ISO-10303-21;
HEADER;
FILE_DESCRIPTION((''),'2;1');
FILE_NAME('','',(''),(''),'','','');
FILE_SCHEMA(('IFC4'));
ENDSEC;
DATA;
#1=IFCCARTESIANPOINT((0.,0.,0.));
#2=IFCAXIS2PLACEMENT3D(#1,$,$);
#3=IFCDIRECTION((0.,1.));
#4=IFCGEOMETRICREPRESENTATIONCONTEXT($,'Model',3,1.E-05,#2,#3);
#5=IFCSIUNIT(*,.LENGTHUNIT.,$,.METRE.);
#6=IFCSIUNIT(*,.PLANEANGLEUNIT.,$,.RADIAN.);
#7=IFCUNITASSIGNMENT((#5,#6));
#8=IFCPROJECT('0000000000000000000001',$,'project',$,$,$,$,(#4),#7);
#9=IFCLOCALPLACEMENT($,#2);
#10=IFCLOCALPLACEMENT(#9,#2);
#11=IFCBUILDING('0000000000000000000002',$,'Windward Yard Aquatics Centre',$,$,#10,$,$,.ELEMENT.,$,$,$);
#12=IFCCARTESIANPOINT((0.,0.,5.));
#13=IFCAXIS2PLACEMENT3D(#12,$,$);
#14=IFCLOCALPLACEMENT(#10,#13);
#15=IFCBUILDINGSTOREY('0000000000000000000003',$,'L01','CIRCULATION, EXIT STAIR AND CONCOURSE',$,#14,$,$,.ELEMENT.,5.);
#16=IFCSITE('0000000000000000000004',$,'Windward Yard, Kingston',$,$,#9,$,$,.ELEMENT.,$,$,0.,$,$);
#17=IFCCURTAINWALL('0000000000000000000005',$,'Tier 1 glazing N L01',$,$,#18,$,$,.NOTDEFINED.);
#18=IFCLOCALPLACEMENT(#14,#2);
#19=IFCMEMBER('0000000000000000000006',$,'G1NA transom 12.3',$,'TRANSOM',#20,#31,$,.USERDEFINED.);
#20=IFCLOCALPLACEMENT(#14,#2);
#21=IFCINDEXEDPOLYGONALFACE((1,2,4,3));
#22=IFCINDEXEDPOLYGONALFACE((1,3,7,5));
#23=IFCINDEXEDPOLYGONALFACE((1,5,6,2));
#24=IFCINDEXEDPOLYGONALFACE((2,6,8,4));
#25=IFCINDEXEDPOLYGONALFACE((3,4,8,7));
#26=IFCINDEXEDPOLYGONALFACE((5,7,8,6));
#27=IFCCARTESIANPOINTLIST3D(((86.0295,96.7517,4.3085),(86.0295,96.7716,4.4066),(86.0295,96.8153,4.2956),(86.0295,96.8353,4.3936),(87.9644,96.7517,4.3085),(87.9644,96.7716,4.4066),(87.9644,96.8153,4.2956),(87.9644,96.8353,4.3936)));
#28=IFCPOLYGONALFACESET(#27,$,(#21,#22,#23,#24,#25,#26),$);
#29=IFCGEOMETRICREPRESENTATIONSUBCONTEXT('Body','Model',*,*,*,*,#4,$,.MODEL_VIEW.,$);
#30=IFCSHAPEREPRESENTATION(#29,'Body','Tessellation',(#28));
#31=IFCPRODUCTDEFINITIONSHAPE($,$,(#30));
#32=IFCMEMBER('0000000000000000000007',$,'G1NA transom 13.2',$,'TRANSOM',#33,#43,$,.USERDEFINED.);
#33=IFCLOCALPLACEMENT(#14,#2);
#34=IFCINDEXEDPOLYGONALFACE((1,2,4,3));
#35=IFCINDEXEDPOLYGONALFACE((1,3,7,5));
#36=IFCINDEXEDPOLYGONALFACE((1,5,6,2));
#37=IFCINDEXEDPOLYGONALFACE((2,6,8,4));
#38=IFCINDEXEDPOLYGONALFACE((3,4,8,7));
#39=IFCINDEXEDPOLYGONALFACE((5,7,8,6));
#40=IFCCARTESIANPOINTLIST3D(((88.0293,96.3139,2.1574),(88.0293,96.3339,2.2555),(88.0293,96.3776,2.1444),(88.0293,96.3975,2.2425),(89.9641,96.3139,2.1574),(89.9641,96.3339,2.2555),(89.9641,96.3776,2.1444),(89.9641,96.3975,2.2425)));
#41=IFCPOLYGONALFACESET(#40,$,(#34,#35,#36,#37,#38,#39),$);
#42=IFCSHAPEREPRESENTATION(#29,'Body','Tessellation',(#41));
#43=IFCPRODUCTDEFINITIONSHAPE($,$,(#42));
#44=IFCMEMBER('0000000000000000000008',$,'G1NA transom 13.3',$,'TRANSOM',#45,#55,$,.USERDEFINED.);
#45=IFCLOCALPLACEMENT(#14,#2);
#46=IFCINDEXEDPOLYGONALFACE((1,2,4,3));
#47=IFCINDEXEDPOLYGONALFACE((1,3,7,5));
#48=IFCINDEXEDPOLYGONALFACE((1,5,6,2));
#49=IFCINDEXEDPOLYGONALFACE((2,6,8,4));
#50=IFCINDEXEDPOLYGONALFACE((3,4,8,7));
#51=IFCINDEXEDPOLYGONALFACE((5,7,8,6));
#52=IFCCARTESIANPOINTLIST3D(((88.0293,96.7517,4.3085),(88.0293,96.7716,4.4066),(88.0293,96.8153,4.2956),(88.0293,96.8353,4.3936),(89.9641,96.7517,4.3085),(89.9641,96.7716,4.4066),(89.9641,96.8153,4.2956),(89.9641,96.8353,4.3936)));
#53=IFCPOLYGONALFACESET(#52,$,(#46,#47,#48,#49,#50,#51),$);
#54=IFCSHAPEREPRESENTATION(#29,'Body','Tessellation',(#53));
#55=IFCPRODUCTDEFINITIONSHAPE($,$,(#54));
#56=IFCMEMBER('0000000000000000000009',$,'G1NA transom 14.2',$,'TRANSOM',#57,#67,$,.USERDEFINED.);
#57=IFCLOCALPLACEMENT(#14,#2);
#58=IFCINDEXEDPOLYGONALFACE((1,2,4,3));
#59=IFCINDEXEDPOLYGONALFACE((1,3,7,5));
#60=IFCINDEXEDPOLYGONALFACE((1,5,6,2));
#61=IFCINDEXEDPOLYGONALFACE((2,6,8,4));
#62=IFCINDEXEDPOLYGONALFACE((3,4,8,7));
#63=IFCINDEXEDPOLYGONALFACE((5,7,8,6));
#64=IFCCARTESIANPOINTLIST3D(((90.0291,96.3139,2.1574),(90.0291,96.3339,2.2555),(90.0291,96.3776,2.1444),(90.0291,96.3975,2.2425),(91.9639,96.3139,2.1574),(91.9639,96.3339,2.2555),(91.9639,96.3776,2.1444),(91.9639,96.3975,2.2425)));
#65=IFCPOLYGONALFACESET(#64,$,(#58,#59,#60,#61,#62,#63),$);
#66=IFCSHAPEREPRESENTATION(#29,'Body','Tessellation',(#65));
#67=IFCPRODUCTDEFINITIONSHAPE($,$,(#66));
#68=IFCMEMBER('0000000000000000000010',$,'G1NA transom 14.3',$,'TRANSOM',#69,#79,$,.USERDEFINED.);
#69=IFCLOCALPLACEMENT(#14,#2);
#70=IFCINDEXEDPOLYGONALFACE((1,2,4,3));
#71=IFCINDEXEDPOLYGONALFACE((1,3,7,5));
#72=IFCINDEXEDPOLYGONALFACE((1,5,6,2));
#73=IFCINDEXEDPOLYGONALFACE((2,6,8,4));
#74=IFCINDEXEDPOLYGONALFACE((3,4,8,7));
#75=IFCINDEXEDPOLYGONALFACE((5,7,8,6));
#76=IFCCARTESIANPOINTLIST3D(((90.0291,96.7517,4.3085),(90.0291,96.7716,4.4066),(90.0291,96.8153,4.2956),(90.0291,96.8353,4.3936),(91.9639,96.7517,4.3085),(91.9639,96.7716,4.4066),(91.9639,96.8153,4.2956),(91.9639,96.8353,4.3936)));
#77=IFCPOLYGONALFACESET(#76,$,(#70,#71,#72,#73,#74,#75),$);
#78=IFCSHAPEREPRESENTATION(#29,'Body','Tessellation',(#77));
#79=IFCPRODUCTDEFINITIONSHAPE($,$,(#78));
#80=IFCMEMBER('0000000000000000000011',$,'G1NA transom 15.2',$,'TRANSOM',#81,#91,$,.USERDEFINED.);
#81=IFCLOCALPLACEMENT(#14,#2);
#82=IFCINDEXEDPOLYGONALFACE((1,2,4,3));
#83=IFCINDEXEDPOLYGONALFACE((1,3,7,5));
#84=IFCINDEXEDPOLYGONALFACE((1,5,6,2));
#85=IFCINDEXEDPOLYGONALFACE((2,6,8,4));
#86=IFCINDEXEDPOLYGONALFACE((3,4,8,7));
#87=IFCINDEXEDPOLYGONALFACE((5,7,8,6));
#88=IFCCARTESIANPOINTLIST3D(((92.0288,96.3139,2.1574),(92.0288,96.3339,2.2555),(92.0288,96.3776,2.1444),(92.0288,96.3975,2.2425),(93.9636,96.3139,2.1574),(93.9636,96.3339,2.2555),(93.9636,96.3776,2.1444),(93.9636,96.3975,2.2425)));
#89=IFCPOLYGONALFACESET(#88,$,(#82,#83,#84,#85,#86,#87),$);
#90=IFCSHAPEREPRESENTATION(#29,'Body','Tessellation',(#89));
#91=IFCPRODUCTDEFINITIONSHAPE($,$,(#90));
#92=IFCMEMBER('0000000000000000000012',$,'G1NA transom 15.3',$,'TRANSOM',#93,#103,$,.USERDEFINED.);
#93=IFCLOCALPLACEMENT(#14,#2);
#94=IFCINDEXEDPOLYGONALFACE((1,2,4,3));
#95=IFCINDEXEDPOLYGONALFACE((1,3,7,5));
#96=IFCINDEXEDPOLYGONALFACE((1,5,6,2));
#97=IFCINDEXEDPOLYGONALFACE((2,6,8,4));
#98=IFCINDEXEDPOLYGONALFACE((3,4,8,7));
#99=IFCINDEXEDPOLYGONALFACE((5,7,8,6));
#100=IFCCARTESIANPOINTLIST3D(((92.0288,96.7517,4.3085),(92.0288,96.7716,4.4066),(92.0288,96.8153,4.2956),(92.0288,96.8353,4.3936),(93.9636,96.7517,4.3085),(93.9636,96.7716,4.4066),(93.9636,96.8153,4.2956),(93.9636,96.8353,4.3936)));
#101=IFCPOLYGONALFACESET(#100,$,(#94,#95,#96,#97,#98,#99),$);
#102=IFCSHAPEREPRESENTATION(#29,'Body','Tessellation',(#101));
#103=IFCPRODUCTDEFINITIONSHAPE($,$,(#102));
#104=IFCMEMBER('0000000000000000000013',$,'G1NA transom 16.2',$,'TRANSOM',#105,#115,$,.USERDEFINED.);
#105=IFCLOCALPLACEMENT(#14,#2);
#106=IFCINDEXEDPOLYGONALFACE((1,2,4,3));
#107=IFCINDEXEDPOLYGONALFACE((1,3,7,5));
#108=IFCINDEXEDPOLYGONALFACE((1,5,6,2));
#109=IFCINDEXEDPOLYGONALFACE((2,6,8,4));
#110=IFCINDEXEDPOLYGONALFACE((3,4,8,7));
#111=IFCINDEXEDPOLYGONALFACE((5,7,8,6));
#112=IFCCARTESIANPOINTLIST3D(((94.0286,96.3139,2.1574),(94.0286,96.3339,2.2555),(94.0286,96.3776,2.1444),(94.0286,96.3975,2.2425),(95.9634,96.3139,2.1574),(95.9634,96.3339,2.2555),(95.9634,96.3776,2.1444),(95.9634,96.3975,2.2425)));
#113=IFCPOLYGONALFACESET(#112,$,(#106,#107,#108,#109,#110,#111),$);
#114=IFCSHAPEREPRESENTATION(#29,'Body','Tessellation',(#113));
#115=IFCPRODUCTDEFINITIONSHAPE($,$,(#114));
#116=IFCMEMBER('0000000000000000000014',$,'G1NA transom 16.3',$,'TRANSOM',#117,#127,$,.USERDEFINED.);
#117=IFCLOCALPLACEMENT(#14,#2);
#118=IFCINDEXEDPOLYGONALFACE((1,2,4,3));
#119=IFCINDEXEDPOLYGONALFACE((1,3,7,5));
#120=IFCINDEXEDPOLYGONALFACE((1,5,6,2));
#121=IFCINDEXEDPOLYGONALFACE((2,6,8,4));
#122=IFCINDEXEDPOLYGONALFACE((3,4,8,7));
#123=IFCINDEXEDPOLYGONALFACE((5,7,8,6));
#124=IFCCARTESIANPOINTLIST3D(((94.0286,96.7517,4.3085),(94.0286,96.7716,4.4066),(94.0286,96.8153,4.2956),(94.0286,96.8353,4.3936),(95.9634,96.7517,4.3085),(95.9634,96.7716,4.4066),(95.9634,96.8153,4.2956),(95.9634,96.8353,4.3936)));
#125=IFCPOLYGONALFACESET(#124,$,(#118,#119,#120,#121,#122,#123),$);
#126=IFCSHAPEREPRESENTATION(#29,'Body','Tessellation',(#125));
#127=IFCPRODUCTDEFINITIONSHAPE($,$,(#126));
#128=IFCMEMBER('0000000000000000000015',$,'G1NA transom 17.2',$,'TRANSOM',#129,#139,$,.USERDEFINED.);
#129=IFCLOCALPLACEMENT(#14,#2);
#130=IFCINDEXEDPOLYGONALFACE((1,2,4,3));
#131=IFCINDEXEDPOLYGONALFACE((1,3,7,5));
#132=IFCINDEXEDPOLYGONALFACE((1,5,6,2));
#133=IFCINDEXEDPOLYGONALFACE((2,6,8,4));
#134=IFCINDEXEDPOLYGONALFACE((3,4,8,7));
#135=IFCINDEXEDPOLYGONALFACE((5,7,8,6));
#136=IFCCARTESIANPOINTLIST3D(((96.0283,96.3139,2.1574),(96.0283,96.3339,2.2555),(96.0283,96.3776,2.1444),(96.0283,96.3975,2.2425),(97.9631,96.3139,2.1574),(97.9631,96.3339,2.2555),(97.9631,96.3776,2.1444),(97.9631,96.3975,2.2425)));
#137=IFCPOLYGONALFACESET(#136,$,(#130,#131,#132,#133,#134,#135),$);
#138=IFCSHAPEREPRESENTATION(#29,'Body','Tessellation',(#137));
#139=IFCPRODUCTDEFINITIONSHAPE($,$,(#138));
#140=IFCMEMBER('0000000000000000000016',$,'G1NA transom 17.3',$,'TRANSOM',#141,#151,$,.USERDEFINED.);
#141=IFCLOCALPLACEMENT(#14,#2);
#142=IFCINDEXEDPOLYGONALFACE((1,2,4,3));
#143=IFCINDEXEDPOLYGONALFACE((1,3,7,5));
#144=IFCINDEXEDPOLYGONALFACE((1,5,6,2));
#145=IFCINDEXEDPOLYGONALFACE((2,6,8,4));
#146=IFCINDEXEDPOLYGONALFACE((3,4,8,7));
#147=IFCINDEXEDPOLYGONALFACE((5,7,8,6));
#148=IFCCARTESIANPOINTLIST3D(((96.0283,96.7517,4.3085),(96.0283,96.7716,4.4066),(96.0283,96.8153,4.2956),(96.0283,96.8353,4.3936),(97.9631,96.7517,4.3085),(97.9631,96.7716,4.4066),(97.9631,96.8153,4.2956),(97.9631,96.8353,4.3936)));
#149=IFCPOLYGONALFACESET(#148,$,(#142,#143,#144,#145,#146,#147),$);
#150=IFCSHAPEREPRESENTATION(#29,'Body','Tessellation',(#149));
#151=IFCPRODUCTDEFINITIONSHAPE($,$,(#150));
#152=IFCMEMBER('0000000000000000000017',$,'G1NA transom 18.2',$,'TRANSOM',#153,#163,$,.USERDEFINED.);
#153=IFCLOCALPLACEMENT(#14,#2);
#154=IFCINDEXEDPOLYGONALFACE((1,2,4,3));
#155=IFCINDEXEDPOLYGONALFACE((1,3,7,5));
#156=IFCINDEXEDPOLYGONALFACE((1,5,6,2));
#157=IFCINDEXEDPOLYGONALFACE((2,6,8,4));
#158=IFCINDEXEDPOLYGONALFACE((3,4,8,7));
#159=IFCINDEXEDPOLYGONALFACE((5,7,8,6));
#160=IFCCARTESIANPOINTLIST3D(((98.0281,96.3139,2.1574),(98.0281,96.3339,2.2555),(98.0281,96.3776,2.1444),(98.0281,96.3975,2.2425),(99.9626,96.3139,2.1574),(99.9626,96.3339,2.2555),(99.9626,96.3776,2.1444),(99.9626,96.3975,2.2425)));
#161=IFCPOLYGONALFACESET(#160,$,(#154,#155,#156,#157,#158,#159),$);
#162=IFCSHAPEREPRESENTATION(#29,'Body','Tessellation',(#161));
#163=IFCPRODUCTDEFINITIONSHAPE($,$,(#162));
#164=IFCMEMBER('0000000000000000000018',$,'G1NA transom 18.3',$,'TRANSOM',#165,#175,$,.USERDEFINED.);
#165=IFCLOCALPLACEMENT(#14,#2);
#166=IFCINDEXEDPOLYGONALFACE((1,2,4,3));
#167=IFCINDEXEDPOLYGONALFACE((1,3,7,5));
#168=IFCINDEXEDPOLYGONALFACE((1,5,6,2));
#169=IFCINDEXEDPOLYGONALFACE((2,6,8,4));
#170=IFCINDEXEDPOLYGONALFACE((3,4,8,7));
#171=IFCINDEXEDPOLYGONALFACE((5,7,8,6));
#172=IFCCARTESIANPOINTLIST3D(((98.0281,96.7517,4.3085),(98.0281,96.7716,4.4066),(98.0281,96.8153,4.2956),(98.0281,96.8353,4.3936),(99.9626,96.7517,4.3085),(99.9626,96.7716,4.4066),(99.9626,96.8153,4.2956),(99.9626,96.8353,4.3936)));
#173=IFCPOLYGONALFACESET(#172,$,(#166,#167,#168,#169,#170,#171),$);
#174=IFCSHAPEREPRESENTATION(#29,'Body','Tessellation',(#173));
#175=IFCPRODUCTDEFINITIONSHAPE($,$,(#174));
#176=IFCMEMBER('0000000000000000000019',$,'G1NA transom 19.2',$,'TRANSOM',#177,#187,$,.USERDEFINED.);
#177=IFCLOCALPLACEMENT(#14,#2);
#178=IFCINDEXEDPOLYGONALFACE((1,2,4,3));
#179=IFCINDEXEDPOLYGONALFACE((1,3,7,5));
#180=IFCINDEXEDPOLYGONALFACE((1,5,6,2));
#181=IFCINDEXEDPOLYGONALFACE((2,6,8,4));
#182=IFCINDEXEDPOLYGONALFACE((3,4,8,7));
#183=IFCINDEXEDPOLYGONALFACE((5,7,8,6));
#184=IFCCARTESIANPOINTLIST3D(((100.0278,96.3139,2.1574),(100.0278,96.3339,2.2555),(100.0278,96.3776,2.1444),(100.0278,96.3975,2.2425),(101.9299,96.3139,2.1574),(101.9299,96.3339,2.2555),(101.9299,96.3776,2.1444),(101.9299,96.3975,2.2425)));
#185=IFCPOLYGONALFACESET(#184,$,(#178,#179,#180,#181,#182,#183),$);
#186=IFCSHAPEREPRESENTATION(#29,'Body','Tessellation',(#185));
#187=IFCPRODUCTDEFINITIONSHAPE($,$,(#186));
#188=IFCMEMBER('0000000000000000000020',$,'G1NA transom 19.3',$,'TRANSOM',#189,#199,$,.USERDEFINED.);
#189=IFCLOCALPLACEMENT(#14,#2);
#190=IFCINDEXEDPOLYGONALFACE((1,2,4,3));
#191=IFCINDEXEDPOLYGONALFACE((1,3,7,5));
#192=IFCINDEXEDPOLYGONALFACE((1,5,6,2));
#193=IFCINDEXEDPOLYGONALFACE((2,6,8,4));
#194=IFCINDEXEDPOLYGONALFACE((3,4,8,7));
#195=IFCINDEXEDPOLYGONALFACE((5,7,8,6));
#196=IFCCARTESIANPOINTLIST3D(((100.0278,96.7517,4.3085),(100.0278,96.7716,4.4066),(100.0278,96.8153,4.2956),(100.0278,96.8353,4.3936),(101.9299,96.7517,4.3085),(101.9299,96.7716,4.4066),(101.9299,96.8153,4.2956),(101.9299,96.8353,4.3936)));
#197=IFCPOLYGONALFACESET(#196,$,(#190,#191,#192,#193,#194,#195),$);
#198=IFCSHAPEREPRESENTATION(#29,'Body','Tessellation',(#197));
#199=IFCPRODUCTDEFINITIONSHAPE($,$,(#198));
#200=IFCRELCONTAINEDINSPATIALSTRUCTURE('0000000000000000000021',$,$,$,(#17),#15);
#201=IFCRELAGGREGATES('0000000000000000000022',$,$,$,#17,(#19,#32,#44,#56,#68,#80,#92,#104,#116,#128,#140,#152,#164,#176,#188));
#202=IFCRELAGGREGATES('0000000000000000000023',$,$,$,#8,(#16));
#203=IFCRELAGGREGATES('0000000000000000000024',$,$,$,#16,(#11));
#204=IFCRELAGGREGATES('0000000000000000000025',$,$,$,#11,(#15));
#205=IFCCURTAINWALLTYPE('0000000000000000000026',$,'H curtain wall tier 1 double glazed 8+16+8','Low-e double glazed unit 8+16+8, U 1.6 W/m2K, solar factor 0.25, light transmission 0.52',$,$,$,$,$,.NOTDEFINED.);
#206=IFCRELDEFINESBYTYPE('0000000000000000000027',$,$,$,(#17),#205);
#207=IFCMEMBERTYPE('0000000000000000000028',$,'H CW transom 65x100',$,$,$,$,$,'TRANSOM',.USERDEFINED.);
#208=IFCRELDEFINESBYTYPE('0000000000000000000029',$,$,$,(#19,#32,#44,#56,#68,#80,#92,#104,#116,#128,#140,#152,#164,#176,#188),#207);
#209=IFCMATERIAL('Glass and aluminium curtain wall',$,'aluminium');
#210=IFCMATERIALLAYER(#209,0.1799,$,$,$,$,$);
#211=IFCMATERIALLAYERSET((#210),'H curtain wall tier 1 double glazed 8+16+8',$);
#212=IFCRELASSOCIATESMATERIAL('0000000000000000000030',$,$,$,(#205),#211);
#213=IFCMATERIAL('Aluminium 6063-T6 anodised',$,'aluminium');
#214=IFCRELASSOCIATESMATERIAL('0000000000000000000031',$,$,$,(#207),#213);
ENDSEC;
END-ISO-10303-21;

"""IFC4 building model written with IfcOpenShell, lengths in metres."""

from ifc_helpers import new_model, si_unit, direction, frame, origin, origin_2d, place, context, subcontext, project, spatial, rectangle, extrude, material, layer, layer_set, material_profile, profile_set, type_object, element, aggregate, save


model = new_model("IFC4")

# Units and contexts
model_context = context("Model", 3, precision=1e-05, world=origin(), true_north=direction((0.0, 1.0)))
body_context = subcontext(model_context, "Body", "Model", "MODEL_VIEW")
ifc_project = project(units=[si_unit("LENGTHUNIT", "METRE"), si_unit("PLANEANGLEUNIT", "RADIAN")], contexts=[model_context])

# Site, building, storey
site_placement = place(None, origin())
site = spatial("IfcSite", under=ifc_project, at=site_placement, Name="Windward Yard, Kingston", CompositionType="ELEMENT", RefElevation=0.0)
building_placement = place(site_placement, origin())
building = spatial("IfcBuilding", under=site, at=building_placement, Name="Windward Yard Aquatics Centre", CompositionType="ELEMENT")
storey_placement = place(building_placement, frame((0.0, 0.0, 5.0)))
storey = spatial("IfcBuildingStorey", under=building, at=storey_placement, Name="L01", Description="CIRCULATION, EXIT STAIR AND CONCOURSE", CompositionType="ELEMENT", Elevation=5.0)

# Curtain wall, members
ifc_material_1 = material(Name="Glass and aluminium curtain wall", Category="aluminium")
ifc_layer = layer(ifc_material_1, 0.1799)
ifc_layer_set = layer_set([ifc_layer], Name="H curtain wall tier 1 double glazed 8+16+8")
curtain_wall_type_1 = type_object("IfcCurtainWallType", Name="H curtain wall tier 1 double glazed 8+16+8", Description="Low-e double glazed unit 8+16+8, U 1.6 W/m2K, solar factor 0.25, light transmission 0.52", PredefinedType="NOTDEFINED", material=ifc_layer_set)
curtain_wall_1_placement = place(storey_placement, origin())
curtain_wall_1 = element("IfcCurtainWall", 1, at=curtain_wall_1_placement, inside=storey, type_object=curtain_wall_type_1, Name="Tier 1 glazing N L01", PredefinedType="NOTDEFINED")
ifc_material_2 = material(Name="Aluminium 6063-T6 anodised", Category="aluminium")
ifc_material_profile_1 = material_profile(ifc_material_2, rectangle(XDim=0.0649, YDim=0.1001, at=origin_2d()), Name="H CW transom 65x100")
ifc_profile_set_1 = profile_set([ifc_material_profile_1], Name="Aluminium 6063-T6 anodised")
member_type_1 = type_object("IfcMemberType", Name="H CW transom 65x100", ElementType="TRANSOM", PredefinedType="USERDEFINED", material=ifc_profile_set_1)
member_1_placement = place(storey_placement, frame((86.0295, 96.7935, 4.3511), z_axis=(1.0, 0.0, 0.0), x_axis=(0.0, -0.979925, 0.199368)))
member_1 = element("IfcMember", 2, at=member_1_placement, type_object=member_type_1, Name="G1NA transom 12.3", ObjectType="TRANSOM", PredefinedType="USERDEFINED", context=body_context, shape_type="SweptSolid", body=[
    extrude(rectangle(XDim=0.0649, YDim=0.1001, at=origin_2d()), origin(), (0.0, 0.0, 1.0), 1.9348),
])
member_2_placement = place(storey_placement, frame((88.0293, 96.3557, 2.2), z_axis=(1.0, 0.0, 0.0), x_axis=(0.0, -0.979925, 0.199368)))
member_2 = element("IfcMember", 3, at=member_2_placement, type_object=member_type_1, Name="G1NA transom 13.2", ObjectType="TRANSOM", PredefinedType="USERDEFINED", context=body_context, shape_type="SweptSolid", body=[
    extrude(rectangle(XDim=0.0649, YDim=0.1001, at=origin_2d()), origin(), (0.0, 0.0, 1.0), 1.9348),
])
member_3_placement = place(storey_placement, frame((88.0293, 96.7935, 4.3511), z_axis=(1.0, 0.0, 0.0), x_axis=(0.0, -0.979925, 0.199368)))
member_3 = element("IfcMember", 4, at=member_3_placement, type_object=member_type_1, Name="G1NA transom 13.3", ObjectType="TRANSOM", PredefinedType="USERDEFINED", context=body_context, shape_type="SweptSolid", body=[
    extrude(rectangle(XDim=0.0649, YDim=0.1001, at=origin_2d()), origin(), (0.0, 0.0, 1.0), 1.9348),
])
member_4_placement = place(storey_placement, frame((90.0291, 96.3557, 2.2), z_axis=(1.0, 0.0, 0.0), x_axis=(0.0, -0.979925, 0.199368)))
member_4 = element("IfcMember", 5, at=member_4_placement, type_object=member_type_1, Name="G1NA transom 14.2", ObjectType="TRANSOM", PredefinedType="USERDEFINED", context=body_context, shape_type="SweptSolid", body=[
    extrude(rectangle(XDim=0.0649, YDim=0.1001, at=origin_2d()), origin(), (0.0, 0.0, 1.0), 1.9348),
])
member_5_placement = place(storey_placement, frame((90.0291, 96.7935, 4.3511), z_axis=(1.0, 0.0, 0.0), x_axis=(0.0, -0.979925, 0.199368)))
member_5 = element("IfcMember", 6, at=member_5_placement, type_object=member_type_1, Name="G1NA transom 14.3", ObjectType="TRANSOM", PredefinedType="USERDEFINED", context=body_context, shape_type="SweptSolid", body=[
    extrude(rectangle(XDim=0.0649, YDim=0.1001, at=origin_2d()), origin(), (0.0, 0.0, 1.0), 1.9348),
])
member_6_placement = place(storey_placement, frame((92.0288, 96.3557, 2.2), z_axis=(1.0, 0.0, 0.0), x_axis=(0.0, -0.979925, 0.199368)))
member_6 = element("IfcMember", 7, at=member_6_placement, type_object=member_type_1, Name="G1NA transom 15.2", ObjectType="TRANSOM", PredefinedType="USERDEFINED", context=body_context, shape_type="SweptSolid", body=[
    extrude(rectangle(XDim=0.0649, YDim=0.1001, at=origin_2d()), origin(), (0.0, 0.0, 1.0), 1.9348),
])
member_7_placement = place(storey_placement, frame((92.0288, 96.7935, 4.3511), z_axis=(1.0, 0.0, 0.0), x_axis=(0.0, -0.979925, 0.199368)))
member_7 = element("IfcMember", 8, at=member_7_placement, type_object=member_type_1, Name="G1NA transom 15.3", ObjectType="TRANSOM", PredefinedType="USERDEFINED", context=body_context, shape_type="SweptSolid", body=[
    extrude(rectangle(XDim=0.0649, YDim=0.1001, at=origin_2d()), origin(), (0.0, 0.0, 1.0), 1.9348),
])
member_8_placement = place(storey_placement, frame((94.0286, 96.3557, 2.2), z_axis=(1.0, 0.0, 0.0), x_axis=(0.0, -0.979925, 0.199368)))
member_8 = element("IfcMember", 9, at=member_8_placement, type_object=member_type_1, Name="G1NA transom 16.2", ObjectType="TRANSOM", PredefinedType="USERDEFINED", context=body_context, shape_type="SweptSolid", body=[
    extrude(rectangle(XDim=0.0649, YDim=0.1001, at=origin_2d()), origin(), (0.0, 0.0, 1.0), 1.9348),
])
member_9_placement = place(storey_placement, frame((94.0286, 96.7935, 4.3511), z_axis=(1.0, 0.0, 0.0), x_axis=(0.0, -0.979925, 0.199368)))
member_9 = element("IfcMember", 10, at=member_9_placement, type_object=member_type_1, Name="G1NA transom 16.3", ObjectType="TRANSOM", PredefinedType="USERDEFINED", context=body_context, shape_type="SweptSolid", body=[
    extrude(rectangle(XDim=0.0649, YDim=0.1001, at=origin_2d()), origin(), (0.0, 0.0, 1.0), 1.9348),
])
member_10_placement = place(storey_placement, frame((96.0283, 96.3557, 2.2), z_axis=(1.0, 0.0, 0.0), x_axis=(0.0, -0.979925, 0.199368)))
member_10 = element("IfcMember", 11, at=member_10_placement, type_object=member_type_1, Name="G1NA transom 17.2", ObjectType="TRANSOM", PredefinedType="USERDEFINED", context=body_context, shape_type="SweptSolid", body=[
    extrude(rectangle(XDim=0.0649, YDim=0.1001, at=origin_2d()), origin(), (0.0, 0.0, 1.0), 1.9348),
])
member_11_placement = place(storey_placement, frame((96.0283, 96.7935, 4.3511), z_axis=(1.0, 0.0, 0.0), x_axis=(0.0, -0.979925, 0.199368)))
member_11 = element("IfcMember", 12, at=member_11_placement, type_object=member_type_1, Name="G1NA transom 17.3", ObjectType="TRANSOM", PredefinedType="USERDEFINED", context=body_context, shape_type="SweptSolid", body=[
    extrude(rectangle(XDim=0.0649, YDim=0.1001, at=origin_2d()), origin(), (0.0, 0.0, 1.0), 1.9348),
])
member_12_placement = place(storey_placement, frame((98.0281, 96.3557, 2.2), z_axis=(1.0, 0.0, 0.0), x_axis=(0.0, -0.979925, 0.199368)))
member_12 = element("IfcMember", 13, at=member_12_placement, type_object=member_type_1, Name="G1NA transom 18.2", ObjectType="TRANSOM", PredefinedType="USERDEFINED", context=body_context, shape_type="SweptSolid", body=[
    extrude(rectangle(XDim=0.0649, YDim=0.1001, at=origin_2d()), origin(), (0.0, 0.0, 1.0), 1.9346),
])
member_13_placement = place(storey_placement, frame((98.0281, 96.7935, 4.3511), z_axis=(1.0, 0.0, 0.0), x_axis=(0.0, -0.979925, 0.199368)))
member_13 = element("IfcMember", 14, at=member_13_placement, type_object=member_type_1, Name="G1NA transom 18.3", ObjectType="TRANSOM", PredefinedType="USERDEFINED", context=body_context, shape_type="SweptSolid", body=[
    extrude(rectangle(XDim=0.0649, YDim=0.1001, at=origin_2d()), origin(), (0.0, 0.0, 1.0), 1.9346),
])
member_14_placement = place(storey_placement, frame((100.0278, 96.3557, 2.2), z_axis=(1.0, 0.0, 0.0), x_axis=(0.0, -0.979925, 0.199368)))
member_14 = element("IfcMember", 15, at=member_14_placement, type_object=member_type_1, Name="G1NA transom 19.2", ObjectType="TRANSOM", PredefinedType="USERDEFINED", context=body_context, shape_type="SweptSolid", body=[
    extrude(rectangle(XDim=0.0649, YDim=0.1001, at=origin_2d()), origin(), (0.0, 0.0, 1.0), 1.9021),
])
member_15_placement = place(storey_placement, frame((100.0278, 96.7935, 4.3511), z_axis=(1.0, 0.0, 0.0), x_axis=(0.0, -0.979925, 0.199368)))
member_15 = element("IfcMember", 16, at=member_15_placement, type_object=member_type_1, Name="G1NA transom 19.3", ObjectType="TRANSOM", PredefinedType="USERDEFINED", context=body_context, shape_type="SweptSolid", body=[
    extrude(rectangle(XDim=0.0649, YDim=0.1001, at=origin_2d()), origin(), (0.0, 0.0, 1.0), 1.9021),
])
aggregate(curtain_wall_1, [member_1, member_2, member_3, member_4, member_5, member_6, member_7, member_8, member_9, member_10, member_11, member_12, member_13, member_14, member_15])

save(model, "model.ifc")
